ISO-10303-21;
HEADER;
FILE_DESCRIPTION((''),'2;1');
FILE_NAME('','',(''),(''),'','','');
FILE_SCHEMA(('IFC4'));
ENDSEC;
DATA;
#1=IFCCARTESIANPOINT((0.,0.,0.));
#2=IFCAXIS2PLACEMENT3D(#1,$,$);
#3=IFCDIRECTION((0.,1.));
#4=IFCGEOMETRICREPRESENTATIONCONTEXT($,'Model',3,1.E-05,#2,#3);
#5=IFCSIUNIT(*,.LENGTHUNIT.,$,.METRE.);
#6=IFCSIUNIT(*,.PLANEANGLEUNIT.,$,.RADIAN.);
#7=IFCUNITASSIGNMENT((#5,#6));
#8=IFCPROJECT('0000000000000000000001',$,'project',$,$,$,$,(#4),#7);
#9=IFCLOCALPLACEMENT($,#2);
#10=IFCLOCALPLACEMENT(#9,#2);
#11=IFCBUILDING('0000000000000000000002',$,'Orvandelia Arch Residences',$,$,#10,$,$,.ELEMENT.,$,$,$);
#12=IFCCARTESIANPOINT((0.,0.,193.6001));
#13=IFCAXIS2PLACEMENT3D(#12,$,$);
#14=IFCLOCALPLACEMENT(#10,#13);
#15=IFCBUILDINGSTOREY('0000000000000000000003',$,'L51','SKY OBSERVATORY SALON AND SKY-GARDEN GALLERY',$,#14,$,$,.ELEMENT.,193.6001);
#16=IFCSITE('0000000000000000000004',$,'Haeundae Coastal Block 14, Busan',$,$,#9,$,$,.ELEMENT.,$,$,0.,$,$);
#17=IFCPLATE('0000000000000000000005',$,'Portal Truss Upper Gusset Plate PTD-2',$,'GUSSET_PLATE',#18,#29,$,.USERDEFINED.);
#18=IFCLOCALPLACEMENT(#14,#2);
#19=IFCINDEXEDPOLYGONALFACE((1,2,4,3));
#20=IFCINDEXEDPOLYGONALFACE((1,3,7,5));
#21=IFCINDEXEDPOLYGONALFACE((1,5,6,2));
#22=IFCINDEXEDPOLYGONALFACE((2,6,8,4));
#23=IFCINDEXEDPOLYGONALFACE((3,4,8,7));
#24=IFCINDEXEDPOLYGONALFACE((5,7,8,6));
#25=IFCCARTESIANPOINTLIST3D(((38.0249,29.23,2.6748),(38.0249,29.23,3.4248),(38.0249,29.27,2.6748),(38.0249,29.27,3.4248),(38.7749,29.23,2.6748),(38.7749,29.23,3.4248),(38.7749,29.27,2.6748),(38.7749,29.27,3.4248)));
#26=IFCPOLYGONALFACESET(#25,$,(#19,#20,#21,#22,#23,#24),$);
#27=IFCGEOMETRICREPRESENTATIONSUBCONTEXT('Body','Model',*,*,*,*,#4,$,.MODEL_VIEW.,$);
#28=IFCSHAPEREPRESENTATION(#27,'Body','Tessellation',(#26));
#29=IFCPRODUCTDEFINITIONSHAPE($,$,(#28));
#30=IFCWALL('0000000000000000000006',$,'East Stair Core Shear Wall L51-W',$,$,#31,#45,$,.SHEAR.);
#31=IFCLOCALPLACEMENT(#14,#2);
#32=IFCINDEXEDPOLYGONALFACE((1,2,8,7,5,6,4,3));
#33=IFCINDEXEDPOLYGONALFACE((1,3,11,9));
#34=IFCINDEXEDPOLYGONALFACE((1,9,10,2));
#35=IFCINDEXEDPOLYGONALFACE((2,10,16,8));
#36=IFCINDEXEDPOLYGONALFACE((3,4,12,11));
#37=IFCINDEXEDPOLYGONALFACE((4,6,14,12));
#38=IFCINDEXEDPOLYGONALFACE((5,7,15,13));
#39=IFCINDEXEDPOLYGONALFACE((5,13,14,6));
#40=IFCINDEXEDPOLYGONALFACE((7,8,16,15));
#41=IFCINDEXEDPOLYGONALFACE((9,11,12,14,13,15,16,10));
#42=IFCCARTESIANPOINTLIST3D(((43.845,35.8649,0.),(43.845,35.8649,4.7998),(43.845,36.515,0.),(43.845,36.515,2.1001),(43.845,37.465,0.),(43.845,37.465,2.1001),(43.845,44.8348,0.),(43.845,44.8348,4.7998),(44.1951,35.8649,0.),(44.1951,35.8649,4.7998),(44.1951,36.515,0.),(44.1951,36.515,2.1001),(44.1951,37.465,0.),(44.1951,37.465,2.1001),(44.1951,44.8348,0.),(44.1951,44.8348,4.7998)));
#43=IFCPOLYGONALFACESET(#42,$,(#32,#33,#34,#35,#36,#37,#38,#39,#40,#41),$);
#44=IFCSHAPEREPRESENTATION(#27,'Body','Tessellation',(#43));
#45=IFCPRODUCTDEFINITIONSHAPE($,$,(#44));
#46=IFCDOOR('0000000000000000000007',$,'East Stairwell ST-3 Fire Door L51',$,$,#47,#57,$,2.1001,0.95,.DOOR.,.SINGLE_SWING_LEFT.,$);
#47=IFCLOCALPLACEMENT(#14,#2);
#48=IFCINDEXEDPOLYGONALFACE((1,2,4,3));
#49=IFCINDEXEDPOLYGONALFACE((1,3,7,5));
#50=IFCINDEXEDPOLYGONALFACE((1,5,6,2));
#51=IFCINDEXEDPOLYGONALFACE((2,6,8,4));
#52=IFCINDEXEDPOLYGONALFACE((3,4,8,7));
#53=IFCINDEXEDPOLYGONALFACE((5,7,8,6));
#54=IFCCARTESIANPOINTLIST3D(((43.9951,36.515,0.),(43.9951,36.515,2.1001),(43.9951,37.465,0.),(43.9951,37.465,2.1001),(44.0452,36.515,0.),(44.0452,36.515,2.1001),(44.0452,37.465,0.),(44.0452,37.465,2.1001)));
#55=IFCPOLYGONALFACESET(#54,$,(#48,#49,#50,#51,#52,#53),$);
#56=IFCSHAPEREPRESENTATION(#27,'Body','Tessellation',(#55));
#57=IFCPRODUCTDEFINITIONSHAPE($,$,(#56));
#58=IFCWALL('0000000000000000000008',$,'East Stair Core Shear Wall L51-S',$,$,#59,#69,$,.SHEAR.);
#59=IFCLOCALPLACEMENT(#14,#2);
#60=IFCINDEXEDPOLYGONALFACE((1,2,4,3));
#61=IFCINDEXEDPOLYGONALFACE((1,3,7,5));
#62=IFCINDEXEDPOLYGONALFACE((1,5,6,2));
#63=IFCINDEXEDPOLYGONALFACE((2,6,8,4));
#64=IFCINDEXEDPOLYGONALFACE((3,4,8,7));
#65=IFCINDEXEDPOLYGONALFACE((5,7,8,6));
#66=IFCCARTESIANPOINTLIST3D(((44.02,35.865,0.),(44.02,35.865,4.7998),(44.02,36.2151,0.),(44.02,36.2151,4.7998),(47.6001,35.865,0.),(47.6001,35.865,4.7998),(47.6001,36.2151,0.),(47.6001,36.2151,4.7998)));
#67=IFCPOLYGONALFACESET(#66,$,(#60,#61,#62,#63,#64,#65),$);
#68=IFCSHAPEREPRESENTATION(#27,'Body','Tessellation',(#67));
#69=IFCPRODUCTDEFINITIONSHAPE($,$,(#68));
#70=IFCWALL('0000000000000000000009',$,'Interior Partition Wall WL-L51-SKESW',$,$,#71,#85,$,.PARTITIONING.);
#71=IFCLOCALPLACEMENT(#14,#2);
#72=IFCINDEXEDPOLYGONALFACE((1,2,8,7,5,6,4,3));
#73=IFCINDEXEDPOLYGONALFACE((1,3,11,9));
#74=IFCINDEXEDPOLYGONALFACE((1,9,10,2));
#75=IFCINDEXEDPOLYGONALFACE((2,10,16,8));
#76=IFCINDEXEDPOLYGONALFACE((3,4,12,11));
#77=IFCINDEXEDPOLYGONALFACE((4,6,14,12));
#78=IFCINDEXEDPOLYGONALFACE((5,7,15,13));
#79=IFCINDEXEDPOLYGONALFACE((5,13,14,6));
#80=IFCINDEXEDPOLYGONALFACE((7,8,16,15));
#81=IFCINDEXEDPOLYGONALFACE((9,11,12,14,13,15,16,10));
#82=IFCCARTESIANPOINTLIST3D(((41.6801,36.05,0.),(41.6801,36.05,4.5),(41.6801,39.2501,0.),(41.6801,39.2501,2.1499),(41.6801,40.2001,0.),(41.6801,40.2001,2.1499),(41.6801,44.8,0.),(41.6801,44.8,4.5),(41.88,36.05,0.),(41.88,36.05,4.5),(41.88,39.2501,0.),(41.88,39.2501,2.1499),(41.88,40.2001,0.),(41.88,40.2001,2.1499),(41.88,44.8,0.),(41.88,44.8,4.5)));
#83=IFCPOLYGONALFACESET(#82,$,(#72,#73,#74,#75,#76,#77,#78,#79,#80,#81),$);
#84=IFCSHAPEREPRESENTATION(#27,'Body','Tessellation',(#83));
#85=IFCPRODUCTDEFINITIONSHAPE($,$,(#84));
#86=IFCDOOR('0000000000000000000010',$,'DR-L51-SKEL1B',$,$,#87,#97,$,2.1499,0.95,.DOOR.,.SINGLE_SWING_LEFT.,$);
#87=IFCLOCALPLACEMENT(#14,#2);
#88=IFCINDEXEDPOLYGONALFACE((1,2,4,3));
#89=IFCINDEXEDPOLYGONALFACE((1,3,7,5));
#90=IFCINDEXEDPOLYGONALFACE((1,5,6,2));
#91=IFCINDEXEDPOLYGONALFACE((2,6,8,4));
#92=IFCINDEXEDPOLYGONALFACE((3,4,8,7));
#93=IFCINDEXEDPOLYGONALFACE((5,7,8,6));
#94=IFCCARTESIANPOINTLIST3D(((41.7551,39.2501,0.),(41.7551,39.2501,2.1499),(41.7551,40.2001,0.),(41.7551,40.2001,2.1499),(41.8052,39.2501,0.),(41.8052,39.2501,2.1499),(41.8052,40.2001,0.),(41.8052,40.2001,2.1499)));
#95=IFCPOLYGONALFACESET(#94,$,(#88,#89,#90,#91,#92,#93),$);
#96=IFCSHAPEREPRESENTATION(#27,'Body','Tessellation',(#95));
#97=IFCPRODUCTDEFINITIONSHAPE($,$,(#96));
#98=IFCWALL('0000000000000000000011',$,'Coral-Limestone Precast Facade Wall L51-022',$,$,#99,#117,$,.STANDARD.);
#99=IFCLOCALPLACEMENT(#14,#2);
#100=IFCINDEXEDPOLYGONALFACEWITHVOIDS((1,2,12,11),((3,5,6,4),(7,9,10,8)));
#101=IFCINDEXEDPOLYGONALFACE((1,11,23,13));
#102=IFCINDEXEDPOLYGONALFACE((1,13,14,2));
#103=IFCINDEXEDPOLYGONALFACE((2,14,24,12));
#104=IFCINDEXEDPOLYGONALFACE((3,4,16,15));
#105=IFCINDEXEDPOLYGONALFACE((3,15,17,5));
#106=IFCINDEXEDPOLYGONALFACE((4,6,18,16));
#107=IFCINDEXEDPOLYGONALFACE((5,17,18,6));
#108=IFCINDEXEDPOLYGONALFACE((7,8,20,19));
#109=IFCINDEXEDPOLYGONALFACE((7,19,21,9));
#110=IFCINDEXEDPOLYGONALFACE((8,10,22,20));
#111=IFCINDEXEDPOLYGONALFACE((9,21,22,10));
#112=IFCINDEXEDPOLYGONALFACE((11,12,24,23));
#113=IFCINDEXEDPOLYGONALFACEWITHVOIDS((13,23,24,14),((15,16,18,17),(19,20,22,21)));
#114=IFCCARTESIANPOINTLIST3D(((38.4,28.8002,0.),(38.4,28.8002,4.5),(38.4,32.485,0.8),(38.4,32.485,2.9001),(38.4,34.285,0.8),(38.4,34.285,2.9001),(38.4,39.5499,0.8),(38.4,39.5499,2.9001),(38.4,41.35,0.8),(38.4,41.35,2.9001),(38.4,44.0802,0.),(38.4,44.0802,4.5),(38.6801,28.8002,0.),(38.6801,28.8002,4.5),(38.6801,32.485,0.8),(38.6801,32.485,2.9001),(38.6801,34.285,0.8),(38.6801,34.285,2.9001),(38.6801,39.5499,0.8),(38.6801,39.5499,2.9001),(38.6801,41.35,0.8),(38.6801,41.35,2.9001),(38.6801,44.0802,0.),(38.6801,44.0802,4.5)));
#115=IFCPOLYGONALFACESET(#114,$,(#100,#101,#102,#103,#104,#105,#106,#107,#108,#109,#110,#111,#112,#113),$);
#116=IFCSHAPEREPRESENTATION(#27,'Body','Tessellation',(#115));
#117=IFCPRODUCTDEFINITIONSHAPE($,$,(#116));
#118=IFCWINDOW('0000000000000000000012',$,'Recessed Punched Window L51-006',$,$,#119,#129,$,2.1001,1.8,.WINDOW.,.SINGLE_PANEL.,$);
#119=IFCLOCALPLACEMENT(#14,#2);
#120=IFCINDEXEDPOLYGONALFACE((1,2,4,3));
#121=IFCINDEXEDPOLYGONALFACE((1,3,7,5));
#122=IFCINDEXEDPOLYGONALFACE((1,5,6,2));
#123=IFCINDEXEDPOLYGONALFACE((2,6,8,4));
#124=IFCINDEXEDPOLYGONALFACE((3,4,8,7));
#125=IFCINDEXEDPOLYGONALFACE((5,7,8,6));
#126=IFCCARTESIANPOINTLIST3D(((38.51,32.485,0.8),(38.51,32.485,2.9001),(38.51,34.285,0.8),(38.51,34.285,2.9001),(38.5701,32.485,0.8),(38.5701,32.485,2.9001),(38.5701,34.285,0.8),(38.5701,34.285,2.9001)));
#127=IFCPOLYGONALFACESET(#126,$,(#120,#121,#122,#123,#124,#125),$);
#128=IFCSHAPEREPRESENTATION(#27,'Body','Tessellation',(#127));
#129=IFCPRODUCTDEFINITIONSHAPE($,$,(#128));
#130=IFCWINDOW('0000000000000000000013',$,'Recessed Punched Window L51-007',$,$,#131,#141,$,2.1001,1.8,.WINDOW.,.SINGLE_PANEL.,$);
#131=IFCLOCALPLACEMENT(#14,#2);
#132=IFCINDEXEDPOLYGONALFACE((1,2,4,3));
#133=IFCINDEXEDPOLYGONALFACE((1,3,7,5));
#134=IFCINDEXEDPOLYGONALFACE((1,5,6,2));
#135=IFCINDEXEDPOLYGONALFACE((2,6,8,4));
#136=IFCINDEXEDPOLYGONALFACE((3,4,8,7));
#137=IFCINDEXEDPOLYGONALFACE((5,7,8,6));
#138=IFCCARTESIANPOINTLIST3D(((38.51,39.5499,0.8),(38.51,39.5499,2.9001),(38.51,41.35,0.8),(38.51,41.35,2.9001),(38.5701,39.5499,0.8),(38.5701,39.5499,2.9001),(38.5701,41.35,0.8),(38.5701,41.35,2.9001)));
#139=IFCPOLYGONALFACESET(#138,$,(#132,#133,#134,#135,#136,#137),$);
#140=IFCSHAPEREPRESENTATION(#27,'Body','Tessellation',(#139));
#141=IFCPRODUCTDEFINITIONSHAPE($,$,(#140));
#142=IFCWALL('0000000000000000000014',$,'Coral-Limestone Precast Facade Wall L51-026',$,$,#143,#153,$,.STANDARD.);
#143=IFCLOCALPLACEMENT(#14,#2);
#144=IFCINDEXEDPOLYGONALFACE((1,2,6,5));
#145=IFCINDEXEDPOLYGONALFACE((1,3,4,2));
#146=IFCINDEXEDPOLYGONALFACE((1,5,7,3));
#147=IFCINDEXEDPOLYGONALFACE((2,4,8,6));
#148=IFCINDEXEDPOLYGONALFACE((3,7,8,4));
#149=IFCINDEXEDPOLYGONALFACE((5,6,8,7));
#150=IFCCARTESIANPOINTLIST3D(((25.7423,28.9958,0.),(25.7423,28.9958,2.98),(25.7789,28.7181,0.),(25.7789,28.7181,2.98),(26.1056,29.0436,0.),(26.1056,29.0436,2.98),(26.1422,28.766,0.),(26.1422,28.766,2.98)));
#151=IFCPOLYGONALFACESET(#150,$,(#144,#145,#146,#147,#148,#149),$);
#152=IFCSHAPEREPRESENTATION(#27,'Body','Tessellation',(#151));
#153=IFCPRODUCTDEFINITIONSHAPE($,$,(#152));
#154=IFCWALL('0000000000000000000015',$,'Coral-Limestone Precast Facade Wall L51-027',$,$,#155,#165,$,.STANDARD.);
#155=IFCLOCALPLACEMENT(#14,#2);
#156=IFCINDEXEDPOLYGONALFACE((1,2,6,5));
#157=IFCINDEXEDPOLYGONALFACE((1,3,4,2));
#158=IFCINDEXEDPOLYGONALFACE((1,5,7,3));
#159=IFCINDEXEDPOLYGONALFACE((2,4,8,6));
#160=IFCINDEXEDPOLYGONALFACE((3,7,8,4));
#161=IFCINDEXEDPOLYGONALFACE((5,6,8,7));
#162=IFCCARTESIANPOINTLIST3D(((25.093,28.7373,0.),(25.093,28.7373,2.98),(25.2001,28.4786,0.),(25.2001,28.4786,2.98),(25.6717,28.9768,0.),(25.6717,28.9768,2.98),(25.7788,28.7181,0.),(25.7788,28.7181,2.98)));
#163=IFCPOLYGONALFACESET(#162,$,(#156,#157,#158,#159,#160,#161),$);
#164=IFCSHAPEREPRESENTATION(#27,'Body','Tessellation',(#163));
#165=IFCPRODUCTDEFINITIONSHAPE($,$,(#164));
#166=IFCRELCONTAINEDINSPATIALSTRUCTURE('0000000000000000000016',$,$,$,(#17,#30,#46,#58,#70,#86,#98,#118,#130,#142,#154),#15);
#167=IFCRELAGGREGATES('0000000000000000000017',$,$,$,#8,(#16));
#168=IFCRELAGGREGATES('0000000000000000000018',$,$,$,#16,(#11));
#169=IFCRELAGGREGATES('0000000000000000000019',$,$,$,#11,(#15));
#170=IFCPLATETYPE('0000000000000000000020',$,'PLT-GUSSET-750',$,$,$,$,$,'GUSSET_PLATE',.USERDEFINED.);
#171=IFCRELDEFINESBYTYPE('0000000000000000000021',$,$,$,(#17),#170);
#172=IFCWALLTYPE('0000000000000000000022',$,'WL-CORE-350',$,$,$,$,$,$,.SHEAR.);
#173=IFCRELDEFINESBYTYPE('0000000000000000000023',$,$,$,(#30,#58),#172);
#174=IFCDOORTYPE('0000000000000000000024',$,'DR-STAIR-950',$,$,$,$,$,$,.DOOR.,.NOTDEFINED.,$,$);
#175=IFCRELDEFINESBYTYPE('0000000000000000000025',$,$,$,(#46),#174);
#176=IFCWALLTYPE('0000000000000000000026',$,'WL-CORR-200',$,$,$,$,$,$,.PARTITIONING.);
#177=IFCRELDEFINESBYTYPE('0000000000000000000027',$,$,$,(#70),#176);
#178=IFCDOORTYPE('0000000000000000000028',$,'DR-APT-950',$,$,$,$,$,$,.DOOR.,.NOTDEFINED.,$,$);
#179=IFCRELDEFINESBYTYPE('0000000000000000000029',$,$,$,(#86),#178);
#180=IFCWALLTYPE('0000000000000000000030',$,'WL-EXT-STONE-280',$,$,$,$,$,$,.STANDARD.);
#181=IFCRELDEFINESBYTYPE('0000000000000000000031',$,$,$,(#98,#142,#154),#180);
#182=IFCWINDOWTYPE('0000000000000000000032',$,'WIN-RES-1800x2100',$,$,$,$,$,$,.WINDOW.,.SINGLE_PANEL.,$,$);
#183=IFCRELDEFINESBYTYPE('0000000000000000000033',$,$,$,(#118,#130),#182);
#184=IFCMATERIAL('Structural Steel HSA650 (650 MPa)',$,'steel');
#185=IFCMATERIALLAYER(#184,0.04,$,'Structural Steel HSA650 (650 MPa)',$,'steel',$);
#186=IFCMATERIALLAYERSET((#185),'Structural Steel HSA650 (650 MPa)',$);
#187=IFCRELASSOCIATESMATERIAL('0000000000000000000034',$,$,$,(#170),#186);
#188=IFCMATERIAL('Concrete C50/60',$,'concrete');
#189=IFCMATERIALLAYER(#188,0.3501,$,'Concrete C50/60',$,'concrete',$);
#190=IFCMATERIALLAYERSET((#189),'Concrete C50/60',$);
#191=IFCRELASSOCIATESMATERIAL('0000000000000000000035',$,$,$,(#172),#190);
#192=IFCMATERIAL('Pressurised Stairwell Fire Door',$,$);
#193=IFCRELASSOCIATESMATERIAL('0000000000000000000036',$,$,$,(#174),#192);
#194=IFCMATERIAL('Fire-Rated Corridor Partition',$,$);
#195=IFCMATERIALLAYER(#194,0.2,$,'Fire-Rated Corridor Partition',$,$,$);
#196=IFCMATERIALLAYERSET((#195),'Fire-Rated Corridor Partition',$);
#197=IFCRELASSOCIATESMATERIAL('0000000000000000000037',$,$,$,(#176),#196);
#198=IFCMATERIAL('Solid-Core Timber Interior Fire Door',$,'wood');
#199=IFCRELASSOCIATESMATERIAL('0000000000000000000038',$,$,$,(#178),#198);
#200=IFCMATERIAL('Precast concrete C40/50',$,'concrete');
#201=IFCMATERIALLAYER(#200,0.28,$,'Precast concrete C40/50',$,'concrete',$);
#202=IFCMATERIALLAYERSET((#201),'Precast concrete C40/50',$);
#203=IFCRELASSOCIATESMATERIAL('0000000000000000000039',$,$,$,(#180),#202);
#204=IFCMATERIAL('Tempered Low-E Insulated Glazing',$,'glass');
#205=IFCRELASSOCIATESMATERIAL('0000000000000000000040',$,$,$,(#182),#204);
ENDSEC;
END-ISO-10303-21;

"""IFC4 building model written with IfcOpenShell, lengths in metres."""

from ifc_helpers import new_model, si_unit, direction, frame, frame_2d, origin, origin_2d, place, context, subcontext, project, spatial, rectangle, extrude, material, layer, layer_set, type_object, element, fill, save


model = new_model("IFC4")

# Units and contexts
model_context = context("Model", 3, precision=1e-05, world=origin(), true_north=direction((0.0, 1.0)))
body_context = subcontext(model_context, "Body", "Model", "MODEL_VIEW")
ifc_project = project(units=[si_unit("LENGTHUNIT", "METRE"), si_unit("PLANEANGLEUNIT", "RADIAN")], contexts=[model_context])

# Site, building, storey
site_placement = place(None, origin())
site = spatial("IfcSite", under=ifc_project, at=site_placement, Name="Haeundae Coastal Block 14, Busan", CompositionType="ELEMENT", RefElevation=0.0)
building_placement = place(site_placement, origin())
building = spatial("IfcBuilding", under=site, at=building_placement, Name="Orvandelia Arch Residences", CompositionType="ELEMENT")
storey_placement = place(building_placement, frame((0.0, 0.0, 193.6001)))
storey = spatial("IfcBuildingStorey", under=building, at=storey_placement, Name="L51", Description="SKY OBSERVATORY SALON AND SKY-GARDEN GALLERY", CompositionType="ELEMENT", Elevation=193.6001)

# Shared definitions
ifc_material_1 = material(Name="Structural Steel HSA650 (650 MPa)", Category="steel")

# Plate
ifc_layer_1 = layer(ifc_material_1, 0.04, Name="Structural Steel HSA650 (650 MPa)", Category="steel")
ifc_layer_set_1 = layer_set([ifc_layer_1], Name="Structural Steel HSA650 (650 MPa)")
plate_type = type_object("IfcPlateType", Name="PLT-GUSSET-750", ElementType="GUSSET_PLATE", PredefinedType="USERDEFINED", material=ifc_layer_set_1)
for number, where, z_axis, x_axis, name in (
    (1, (38.3999, 29.25, 2.6748), (0.0, 0.0, 1.0), (1.0, 0.0, 0.0), "Portal Truss Upper Gusset Plate PTD-2"),
):
    element("IfcPlate", number, at=place(storey_placement, frame(where, z_axis=z_axis, x_axis=x_axis)), inside=storey, type_object=plate_type, Name=name, ObjectType="GUSSET_PLATE", PredefinedType="USERDEFINED", context=body_context, shape_type="SweptSolid", body=[
        extrude(rectangle(XDim=0.75, YDim=0.04, at=origin_2d()), origin(), (0.0, 0.0, 1.0), 0.75),
    ])

# Wall, opening, door
ifc_material_2 = material(Name="Concrete C50/60", Category="concrete")
ifc_layer_2 = layer(ifc_material_2, 0.3501, Name="Concrete C50/60", Category="concrete")
ifc_layer_set_2 = layer_set([ifc_layer_2], Name="Concrete C50/60")
wall_type_1 = type_object("IfcWallType", Name="WL-CORE-350", PredefinedType="SHEAR", material=ifc_layer_set_2)
wall_1_placement = place(storey_placement, frame((44.02, 35.865, 0.0), z_axis=(0.0, 0.0, 1.0), x_axis=(0.0, 1.0, 0.0)))
wall_1 = element("IfcWall", 2, at=wall_1_placement, inside=storey, type_object=wall_type_1, Name="East Stair Core Shear Wall L51-W", PredefinedType="SHEAR", context=body_context, shape_type="SweptSolid", body=[
    extrude(rectangle(XDim=8.97, YDim=0.3501, at=frame_2d((4.4849, 0.0))), origin(), (0.0, 0.0, 1.0), 4.7998),
])
opening_1_placement = place(wall_1_placement, frame((0.6499, 0.0, 0.0)))
opening_1 = element("IfcOpeningElement", 3, at=opening_1_placement, cuts=wall_1, PredefinedType="OPENING", context=body_context, shape_type="SweptSolid", body=[
    extrude(rectangle(XDim=0.95, YDim=2.1001, at=frame_2d((0.4751, 1.05))), frame((0.0, 0.1851, 0.0), z_axis=(0.0, -1.0, 0.0), x_axis=(1.0, 0.0, 0.0)), (0.0, 0.0, 1.0), 0.3701),
])
ifc_material_3 = material(Name="Pressurised Stairwell Fire Door")
door_type_1 = type_object("IfcDoorType", Name="DR-STAIR-950", OperationType="NOTDEFINED", PredefinedType="DOOR", material=ifc_material_3)
door_1_placement = place(opening_1_placement, origin())
door_1 = element("IfcDoor", 4, at=door_1_placement, inside=storey, type_object=door_type_1, Name="East Stairwell ST-3 Fire Door L51", OperationType="SINGLE_SWING_LEFT", OverallHeight=2.1001, OverallWidth=0.95, PredefinedType="DOOR", context=body_context, shape_type="SweptSolid", body=[
    extrude(rectangle(XDim=0.95, YDim=2.1001, at=frame_2d((0.4751, 1.05))), frame((0.0, 0.0249, 0.0), z_axis=(0.0, -1.0, 0.0), x_axis=(1.0, 0.0, 0.0)), (0.0, 0.0, 1.0), 0.05),
])
fill(opening_1, door_1)

# Wall
wall_2_placement = place(storey_placement, frame((44.02, 36.04, 0.0), z_axis=(0.0, 0.0, 1.0), x_axis=(1.0, 0.0, 0.0)))
element("IfcWall", 5, at=wall_2_placement, inside=storey, type_object=wall_type_1, Name="East Stair Core Shear Wall L51-S", PredefinedType="SHEAR", context=body_context, shape_type="SweptSolid", body=[
    extrude(rectangle(XDim=3.5801, YDim=0.3501, at=frame_2d((1.79, 0.0))), origin(), (0.0, 0.0, 1.0), 4.7998),
])

# Wall, opening, door
ifc_material_4 = material(Name="Fire-Rated Corridor Partition")
ifc_layer_3 = layer(ifc_material_4, 0.2, Name="Fire-Rated Corridor Partition")
ifc_layer_set_3 = layer_set([ifc_layer_3], Name="Fire-Rated Corridor Partition")
wall_type_2 = type_object("IfcWallType", Name="WL-CORR-200", PredefinedType="PARTITIONING", material=ifc_layer_set_3)
wall_3_placement = place(storey_placement, frame((41.78, 36.05, 0.0), z_axis=(0.0, 0.0, 1.0), x_axis=(0.0, 1.0, 0.0)))
wall_3 = element("IfcWall", 6, at=wall_3_placement, inside=storey, type_object=wall_type_2, Name="Interior Partition Wall WL-L51-SKESW", PredefinedType="PARTITIONING", context=body_context, shape_type="SweptSolid", body=[
    extrude(rectangle(XDim=8.75, YDim=0.2, at=frame_2d((4.375, 0.0))), origin(), (0.0, 0.0, 1.0), 4.5),
])
opening_2_placement = place(wall_3_placement, frame((3.2, 0.0, 0.0)))
opening_2 = element("IfcOpeningElement", 7, at=opening_2_placement, cuts=wall_3, PredefinedType="OPENING", context=body_context, shape_type="SweptSolid", body=[
    extrude(rectangle(XDim=0.95, YDim=2.1499, at=frame_2d((0.4751, 1.075))), frame((0.0, 0.1099, 0.0), z_axis=(0.0, -1.0, 0.0), x_axis=(1.0, 0.0, 0.0)), (0.0, 0.0, 1.0), 0.22),
])
ifc_material_5 = material(Name="Solid-Core Timber Interior Fire Door", Category="wood")
door_type_2 = type_object("IfcDoorType", Name="DR-APT-950", OperationType="NOTDEFINED", PredefinedType="DOOR", material=ifc_material_5)
door_2_placement = place(opening_2_placement, origin())
door_2 = element("IfcDoor", 8, at=door_2_placement, inside=storey, type_object=door_type_2, Name="DR-L51-SKEL1B", OperationType="SINGLE_SWING_LEFT", OverallHeight=2.1499, OverallWidth=0.95, PredefinedType="DOOR", context=body_context, shape_type="SweptSolid", body=[
    extrude(rectangle(XDim=0.95, YDim=2.1499, at=frame_2d((0.4751, 1.075))), frame((0.0, 0.0249, 0.0), z_axis=(0.0, -1.0, 0.0), x_axis=(1.0, 0.0, 0.0)), (0.0, 0.0, 1.0), 0.05),
])
fill(opening_2, door_2)

# Wall, openings, windows
ifc_material_6 = material(Name="Precast concrete C40/50", Category="concrete")
ifc_layer_4 = layer(ifc_material_6, 0.28, Name="Precast concrete C40/50", Category="concrete")
ifc_layer_set_4 = layer_set([ifc_layer_4], Name="Precast concrete C40/50")
wall_type_3 = type_object("IfcWallType", Name="WL-EXT-STONE-280", PredefinedType="STANDARD", material=ifc_layer_set_4)
wall_4_placement = place(storey_placement, frame((38.54, 28.8, 0.0), z_axis=(0.0, 0.0, 1.0), x_axis=(0.0, 1.0, 0.0)))
wall_4 = element("IfcWall", 9, at=wall_4_placement, inside=storey, type_object=wall_type_3, Name="Coral-Limestone Precast Facade Wall L51-022", PredefinedType="STANDARD", context=body_context, shape_type="SweptSolid", body=[
    extrude(rectangle(XDim=15.28, YDim=0.28, at=frame_2d((7.6401, 0.0))), origin(), (0.0, 0.0, 1.0), 4.5),
])
opening_3_placement = place(wall_4_placement, frame((3.6851, 0.0, 0.8)))
opening_3 = element("IfcOpeningElement", 10, at=opening_3_placement, cuts=wall_4, PredefinedType="OPENING", context=body_context, shape_type="SweptSolid", body=[
    extrude(rectangle(XDim=1.8, YDim=2.1001, at=frame_2d((0.8999, 1.05))), frame((0.0, 0.1499, 0.0), z_axis=(0.0, -1.0, 0.0), x_axis=(1.0, 0.0, 0.0)), (0.0, 0.0, 1.0), 0.3),
])
opening_4_placement = place(wall_4_placement, frame((10.75, 0.0, 0.8)))
opening_4 = element("IfcOpeningElement", 11, at=opening_4_placement, cuts=wall_4, PredefinedType="OPENING", context=body_context, shape_type="SweptSolid", body=[
    extrude(rectangle(XDim=1.8, YDim=2.1001, at=frame_2d((0.8999, 1.05))), frame((0.0, 0.1499, 0.0), z_axis=(0.0, -1.0, 0.0), x_axis=(1.0, 0.0, 0.0)), (0.0, 0.0, 1.0), 0.3),
])
ifc_material_7 = material(Name="Tempered Low-E Insulated Glazing", Category="glass")
window_type = type_object("IfcWindowType", Name="WIN-RES-1800x2100", PartitioningType="SINGLE_PANEL", PredefinedType="WINDOW", material=ifc_material_7)
window_1_placement = place(opening_3_placement, origin())
window_1 = element("IfcWindow", 12, at=window_1_placement, inside=storey, type_object=window_type, Name="Recessed Punched Window L51-006", OverallHeight=2.1001, OverallWidth=1.8, PartitioningType="SINGLE_PANEL", PredefinedType="WINDOW", context=body_context, shape_type="SweptSolid", body=[
    extrude(rectangle(XDim=1.8, YDim=2.1001, at=frame_2d((0.8999, 1.05))), frame((0.0, 0.03, 0.0), z_axis=(0.0, -1.0, 0.0), x_axis=(1.0, 0.0, 0.0)), (0.0, 0.0, 1.0), 0.0601),
])
fill(opening_3, window_1)
window_2_placement = place(opening_4_placement, origin())
window_2 = element("IfcWindow", 13, at=window_2_placement, inside=storey, type_object=window_type, Name="Recessed Punched Window L51-007", OverallHeight=2.1001, OverallWidth=1.8, PartitioningType="SINGLE_PANEL", PredefinedType="WINDOW", context=body_context, shape_type="SweptSolid", body=[
    extrude(rectangle(XDim=1.8, YDim=2.1001, at=frame_2d((0.8999, 1.05))), frame((0.0, 0.03, 0.0), z_axis=(0.0, -1.0, 0.0), x_axis=(1.0, 0.0, 0.0)), (0.0, 0.0, 1.0), 0.0601),
])
fill(opening_4, window_2)

# Walls
wall_5_placement = place(storey_placement, frame((26.1238, 28.9048, 0.0), z_axis=(0.0, 0.0, 1.0), x_axis=(-0.991436, -0.130592, 0.0)))
element("IfcWall", 14, at=wall_5_placement, inside=storey, type_object=wall_type_3, Name="Coral-Limestone Precast Facade Wall L51-026", PredefinedType="STANDARD", context=body_context, shape_type="SweptSolid", body=[
    extrude(rectangle(XDim=0.3665, YDim=0.28, at=frame_2d((0.1831, 0.0))), origin(), (0.0, 0.0, 1.0), 2.98),
])
wall_6_placement = place(storey_placement, frame((25.7251, 28.8474, 0.0), z_axis=(0.0, 0.0, 1.0), x_axis=(-0.923974, -0.382455, 0.0)))
element("IfcWall", 15, at=wall_6_placement, inside=storey, type_object=wall_type_3, Name="Coral-Limestone Precast Facade Wall L51-027", PredefinedType="STANDARD", context=body_context, shape_type="SweptSolid", body=[
    extrude(rectangle(XDim=0.6262, YDim=0.28, at=frame_2d((0.313, 0.0))), origin(), (0.0, 0.0, 1.0), 2.98),
])

save(model, "model.ifc")
